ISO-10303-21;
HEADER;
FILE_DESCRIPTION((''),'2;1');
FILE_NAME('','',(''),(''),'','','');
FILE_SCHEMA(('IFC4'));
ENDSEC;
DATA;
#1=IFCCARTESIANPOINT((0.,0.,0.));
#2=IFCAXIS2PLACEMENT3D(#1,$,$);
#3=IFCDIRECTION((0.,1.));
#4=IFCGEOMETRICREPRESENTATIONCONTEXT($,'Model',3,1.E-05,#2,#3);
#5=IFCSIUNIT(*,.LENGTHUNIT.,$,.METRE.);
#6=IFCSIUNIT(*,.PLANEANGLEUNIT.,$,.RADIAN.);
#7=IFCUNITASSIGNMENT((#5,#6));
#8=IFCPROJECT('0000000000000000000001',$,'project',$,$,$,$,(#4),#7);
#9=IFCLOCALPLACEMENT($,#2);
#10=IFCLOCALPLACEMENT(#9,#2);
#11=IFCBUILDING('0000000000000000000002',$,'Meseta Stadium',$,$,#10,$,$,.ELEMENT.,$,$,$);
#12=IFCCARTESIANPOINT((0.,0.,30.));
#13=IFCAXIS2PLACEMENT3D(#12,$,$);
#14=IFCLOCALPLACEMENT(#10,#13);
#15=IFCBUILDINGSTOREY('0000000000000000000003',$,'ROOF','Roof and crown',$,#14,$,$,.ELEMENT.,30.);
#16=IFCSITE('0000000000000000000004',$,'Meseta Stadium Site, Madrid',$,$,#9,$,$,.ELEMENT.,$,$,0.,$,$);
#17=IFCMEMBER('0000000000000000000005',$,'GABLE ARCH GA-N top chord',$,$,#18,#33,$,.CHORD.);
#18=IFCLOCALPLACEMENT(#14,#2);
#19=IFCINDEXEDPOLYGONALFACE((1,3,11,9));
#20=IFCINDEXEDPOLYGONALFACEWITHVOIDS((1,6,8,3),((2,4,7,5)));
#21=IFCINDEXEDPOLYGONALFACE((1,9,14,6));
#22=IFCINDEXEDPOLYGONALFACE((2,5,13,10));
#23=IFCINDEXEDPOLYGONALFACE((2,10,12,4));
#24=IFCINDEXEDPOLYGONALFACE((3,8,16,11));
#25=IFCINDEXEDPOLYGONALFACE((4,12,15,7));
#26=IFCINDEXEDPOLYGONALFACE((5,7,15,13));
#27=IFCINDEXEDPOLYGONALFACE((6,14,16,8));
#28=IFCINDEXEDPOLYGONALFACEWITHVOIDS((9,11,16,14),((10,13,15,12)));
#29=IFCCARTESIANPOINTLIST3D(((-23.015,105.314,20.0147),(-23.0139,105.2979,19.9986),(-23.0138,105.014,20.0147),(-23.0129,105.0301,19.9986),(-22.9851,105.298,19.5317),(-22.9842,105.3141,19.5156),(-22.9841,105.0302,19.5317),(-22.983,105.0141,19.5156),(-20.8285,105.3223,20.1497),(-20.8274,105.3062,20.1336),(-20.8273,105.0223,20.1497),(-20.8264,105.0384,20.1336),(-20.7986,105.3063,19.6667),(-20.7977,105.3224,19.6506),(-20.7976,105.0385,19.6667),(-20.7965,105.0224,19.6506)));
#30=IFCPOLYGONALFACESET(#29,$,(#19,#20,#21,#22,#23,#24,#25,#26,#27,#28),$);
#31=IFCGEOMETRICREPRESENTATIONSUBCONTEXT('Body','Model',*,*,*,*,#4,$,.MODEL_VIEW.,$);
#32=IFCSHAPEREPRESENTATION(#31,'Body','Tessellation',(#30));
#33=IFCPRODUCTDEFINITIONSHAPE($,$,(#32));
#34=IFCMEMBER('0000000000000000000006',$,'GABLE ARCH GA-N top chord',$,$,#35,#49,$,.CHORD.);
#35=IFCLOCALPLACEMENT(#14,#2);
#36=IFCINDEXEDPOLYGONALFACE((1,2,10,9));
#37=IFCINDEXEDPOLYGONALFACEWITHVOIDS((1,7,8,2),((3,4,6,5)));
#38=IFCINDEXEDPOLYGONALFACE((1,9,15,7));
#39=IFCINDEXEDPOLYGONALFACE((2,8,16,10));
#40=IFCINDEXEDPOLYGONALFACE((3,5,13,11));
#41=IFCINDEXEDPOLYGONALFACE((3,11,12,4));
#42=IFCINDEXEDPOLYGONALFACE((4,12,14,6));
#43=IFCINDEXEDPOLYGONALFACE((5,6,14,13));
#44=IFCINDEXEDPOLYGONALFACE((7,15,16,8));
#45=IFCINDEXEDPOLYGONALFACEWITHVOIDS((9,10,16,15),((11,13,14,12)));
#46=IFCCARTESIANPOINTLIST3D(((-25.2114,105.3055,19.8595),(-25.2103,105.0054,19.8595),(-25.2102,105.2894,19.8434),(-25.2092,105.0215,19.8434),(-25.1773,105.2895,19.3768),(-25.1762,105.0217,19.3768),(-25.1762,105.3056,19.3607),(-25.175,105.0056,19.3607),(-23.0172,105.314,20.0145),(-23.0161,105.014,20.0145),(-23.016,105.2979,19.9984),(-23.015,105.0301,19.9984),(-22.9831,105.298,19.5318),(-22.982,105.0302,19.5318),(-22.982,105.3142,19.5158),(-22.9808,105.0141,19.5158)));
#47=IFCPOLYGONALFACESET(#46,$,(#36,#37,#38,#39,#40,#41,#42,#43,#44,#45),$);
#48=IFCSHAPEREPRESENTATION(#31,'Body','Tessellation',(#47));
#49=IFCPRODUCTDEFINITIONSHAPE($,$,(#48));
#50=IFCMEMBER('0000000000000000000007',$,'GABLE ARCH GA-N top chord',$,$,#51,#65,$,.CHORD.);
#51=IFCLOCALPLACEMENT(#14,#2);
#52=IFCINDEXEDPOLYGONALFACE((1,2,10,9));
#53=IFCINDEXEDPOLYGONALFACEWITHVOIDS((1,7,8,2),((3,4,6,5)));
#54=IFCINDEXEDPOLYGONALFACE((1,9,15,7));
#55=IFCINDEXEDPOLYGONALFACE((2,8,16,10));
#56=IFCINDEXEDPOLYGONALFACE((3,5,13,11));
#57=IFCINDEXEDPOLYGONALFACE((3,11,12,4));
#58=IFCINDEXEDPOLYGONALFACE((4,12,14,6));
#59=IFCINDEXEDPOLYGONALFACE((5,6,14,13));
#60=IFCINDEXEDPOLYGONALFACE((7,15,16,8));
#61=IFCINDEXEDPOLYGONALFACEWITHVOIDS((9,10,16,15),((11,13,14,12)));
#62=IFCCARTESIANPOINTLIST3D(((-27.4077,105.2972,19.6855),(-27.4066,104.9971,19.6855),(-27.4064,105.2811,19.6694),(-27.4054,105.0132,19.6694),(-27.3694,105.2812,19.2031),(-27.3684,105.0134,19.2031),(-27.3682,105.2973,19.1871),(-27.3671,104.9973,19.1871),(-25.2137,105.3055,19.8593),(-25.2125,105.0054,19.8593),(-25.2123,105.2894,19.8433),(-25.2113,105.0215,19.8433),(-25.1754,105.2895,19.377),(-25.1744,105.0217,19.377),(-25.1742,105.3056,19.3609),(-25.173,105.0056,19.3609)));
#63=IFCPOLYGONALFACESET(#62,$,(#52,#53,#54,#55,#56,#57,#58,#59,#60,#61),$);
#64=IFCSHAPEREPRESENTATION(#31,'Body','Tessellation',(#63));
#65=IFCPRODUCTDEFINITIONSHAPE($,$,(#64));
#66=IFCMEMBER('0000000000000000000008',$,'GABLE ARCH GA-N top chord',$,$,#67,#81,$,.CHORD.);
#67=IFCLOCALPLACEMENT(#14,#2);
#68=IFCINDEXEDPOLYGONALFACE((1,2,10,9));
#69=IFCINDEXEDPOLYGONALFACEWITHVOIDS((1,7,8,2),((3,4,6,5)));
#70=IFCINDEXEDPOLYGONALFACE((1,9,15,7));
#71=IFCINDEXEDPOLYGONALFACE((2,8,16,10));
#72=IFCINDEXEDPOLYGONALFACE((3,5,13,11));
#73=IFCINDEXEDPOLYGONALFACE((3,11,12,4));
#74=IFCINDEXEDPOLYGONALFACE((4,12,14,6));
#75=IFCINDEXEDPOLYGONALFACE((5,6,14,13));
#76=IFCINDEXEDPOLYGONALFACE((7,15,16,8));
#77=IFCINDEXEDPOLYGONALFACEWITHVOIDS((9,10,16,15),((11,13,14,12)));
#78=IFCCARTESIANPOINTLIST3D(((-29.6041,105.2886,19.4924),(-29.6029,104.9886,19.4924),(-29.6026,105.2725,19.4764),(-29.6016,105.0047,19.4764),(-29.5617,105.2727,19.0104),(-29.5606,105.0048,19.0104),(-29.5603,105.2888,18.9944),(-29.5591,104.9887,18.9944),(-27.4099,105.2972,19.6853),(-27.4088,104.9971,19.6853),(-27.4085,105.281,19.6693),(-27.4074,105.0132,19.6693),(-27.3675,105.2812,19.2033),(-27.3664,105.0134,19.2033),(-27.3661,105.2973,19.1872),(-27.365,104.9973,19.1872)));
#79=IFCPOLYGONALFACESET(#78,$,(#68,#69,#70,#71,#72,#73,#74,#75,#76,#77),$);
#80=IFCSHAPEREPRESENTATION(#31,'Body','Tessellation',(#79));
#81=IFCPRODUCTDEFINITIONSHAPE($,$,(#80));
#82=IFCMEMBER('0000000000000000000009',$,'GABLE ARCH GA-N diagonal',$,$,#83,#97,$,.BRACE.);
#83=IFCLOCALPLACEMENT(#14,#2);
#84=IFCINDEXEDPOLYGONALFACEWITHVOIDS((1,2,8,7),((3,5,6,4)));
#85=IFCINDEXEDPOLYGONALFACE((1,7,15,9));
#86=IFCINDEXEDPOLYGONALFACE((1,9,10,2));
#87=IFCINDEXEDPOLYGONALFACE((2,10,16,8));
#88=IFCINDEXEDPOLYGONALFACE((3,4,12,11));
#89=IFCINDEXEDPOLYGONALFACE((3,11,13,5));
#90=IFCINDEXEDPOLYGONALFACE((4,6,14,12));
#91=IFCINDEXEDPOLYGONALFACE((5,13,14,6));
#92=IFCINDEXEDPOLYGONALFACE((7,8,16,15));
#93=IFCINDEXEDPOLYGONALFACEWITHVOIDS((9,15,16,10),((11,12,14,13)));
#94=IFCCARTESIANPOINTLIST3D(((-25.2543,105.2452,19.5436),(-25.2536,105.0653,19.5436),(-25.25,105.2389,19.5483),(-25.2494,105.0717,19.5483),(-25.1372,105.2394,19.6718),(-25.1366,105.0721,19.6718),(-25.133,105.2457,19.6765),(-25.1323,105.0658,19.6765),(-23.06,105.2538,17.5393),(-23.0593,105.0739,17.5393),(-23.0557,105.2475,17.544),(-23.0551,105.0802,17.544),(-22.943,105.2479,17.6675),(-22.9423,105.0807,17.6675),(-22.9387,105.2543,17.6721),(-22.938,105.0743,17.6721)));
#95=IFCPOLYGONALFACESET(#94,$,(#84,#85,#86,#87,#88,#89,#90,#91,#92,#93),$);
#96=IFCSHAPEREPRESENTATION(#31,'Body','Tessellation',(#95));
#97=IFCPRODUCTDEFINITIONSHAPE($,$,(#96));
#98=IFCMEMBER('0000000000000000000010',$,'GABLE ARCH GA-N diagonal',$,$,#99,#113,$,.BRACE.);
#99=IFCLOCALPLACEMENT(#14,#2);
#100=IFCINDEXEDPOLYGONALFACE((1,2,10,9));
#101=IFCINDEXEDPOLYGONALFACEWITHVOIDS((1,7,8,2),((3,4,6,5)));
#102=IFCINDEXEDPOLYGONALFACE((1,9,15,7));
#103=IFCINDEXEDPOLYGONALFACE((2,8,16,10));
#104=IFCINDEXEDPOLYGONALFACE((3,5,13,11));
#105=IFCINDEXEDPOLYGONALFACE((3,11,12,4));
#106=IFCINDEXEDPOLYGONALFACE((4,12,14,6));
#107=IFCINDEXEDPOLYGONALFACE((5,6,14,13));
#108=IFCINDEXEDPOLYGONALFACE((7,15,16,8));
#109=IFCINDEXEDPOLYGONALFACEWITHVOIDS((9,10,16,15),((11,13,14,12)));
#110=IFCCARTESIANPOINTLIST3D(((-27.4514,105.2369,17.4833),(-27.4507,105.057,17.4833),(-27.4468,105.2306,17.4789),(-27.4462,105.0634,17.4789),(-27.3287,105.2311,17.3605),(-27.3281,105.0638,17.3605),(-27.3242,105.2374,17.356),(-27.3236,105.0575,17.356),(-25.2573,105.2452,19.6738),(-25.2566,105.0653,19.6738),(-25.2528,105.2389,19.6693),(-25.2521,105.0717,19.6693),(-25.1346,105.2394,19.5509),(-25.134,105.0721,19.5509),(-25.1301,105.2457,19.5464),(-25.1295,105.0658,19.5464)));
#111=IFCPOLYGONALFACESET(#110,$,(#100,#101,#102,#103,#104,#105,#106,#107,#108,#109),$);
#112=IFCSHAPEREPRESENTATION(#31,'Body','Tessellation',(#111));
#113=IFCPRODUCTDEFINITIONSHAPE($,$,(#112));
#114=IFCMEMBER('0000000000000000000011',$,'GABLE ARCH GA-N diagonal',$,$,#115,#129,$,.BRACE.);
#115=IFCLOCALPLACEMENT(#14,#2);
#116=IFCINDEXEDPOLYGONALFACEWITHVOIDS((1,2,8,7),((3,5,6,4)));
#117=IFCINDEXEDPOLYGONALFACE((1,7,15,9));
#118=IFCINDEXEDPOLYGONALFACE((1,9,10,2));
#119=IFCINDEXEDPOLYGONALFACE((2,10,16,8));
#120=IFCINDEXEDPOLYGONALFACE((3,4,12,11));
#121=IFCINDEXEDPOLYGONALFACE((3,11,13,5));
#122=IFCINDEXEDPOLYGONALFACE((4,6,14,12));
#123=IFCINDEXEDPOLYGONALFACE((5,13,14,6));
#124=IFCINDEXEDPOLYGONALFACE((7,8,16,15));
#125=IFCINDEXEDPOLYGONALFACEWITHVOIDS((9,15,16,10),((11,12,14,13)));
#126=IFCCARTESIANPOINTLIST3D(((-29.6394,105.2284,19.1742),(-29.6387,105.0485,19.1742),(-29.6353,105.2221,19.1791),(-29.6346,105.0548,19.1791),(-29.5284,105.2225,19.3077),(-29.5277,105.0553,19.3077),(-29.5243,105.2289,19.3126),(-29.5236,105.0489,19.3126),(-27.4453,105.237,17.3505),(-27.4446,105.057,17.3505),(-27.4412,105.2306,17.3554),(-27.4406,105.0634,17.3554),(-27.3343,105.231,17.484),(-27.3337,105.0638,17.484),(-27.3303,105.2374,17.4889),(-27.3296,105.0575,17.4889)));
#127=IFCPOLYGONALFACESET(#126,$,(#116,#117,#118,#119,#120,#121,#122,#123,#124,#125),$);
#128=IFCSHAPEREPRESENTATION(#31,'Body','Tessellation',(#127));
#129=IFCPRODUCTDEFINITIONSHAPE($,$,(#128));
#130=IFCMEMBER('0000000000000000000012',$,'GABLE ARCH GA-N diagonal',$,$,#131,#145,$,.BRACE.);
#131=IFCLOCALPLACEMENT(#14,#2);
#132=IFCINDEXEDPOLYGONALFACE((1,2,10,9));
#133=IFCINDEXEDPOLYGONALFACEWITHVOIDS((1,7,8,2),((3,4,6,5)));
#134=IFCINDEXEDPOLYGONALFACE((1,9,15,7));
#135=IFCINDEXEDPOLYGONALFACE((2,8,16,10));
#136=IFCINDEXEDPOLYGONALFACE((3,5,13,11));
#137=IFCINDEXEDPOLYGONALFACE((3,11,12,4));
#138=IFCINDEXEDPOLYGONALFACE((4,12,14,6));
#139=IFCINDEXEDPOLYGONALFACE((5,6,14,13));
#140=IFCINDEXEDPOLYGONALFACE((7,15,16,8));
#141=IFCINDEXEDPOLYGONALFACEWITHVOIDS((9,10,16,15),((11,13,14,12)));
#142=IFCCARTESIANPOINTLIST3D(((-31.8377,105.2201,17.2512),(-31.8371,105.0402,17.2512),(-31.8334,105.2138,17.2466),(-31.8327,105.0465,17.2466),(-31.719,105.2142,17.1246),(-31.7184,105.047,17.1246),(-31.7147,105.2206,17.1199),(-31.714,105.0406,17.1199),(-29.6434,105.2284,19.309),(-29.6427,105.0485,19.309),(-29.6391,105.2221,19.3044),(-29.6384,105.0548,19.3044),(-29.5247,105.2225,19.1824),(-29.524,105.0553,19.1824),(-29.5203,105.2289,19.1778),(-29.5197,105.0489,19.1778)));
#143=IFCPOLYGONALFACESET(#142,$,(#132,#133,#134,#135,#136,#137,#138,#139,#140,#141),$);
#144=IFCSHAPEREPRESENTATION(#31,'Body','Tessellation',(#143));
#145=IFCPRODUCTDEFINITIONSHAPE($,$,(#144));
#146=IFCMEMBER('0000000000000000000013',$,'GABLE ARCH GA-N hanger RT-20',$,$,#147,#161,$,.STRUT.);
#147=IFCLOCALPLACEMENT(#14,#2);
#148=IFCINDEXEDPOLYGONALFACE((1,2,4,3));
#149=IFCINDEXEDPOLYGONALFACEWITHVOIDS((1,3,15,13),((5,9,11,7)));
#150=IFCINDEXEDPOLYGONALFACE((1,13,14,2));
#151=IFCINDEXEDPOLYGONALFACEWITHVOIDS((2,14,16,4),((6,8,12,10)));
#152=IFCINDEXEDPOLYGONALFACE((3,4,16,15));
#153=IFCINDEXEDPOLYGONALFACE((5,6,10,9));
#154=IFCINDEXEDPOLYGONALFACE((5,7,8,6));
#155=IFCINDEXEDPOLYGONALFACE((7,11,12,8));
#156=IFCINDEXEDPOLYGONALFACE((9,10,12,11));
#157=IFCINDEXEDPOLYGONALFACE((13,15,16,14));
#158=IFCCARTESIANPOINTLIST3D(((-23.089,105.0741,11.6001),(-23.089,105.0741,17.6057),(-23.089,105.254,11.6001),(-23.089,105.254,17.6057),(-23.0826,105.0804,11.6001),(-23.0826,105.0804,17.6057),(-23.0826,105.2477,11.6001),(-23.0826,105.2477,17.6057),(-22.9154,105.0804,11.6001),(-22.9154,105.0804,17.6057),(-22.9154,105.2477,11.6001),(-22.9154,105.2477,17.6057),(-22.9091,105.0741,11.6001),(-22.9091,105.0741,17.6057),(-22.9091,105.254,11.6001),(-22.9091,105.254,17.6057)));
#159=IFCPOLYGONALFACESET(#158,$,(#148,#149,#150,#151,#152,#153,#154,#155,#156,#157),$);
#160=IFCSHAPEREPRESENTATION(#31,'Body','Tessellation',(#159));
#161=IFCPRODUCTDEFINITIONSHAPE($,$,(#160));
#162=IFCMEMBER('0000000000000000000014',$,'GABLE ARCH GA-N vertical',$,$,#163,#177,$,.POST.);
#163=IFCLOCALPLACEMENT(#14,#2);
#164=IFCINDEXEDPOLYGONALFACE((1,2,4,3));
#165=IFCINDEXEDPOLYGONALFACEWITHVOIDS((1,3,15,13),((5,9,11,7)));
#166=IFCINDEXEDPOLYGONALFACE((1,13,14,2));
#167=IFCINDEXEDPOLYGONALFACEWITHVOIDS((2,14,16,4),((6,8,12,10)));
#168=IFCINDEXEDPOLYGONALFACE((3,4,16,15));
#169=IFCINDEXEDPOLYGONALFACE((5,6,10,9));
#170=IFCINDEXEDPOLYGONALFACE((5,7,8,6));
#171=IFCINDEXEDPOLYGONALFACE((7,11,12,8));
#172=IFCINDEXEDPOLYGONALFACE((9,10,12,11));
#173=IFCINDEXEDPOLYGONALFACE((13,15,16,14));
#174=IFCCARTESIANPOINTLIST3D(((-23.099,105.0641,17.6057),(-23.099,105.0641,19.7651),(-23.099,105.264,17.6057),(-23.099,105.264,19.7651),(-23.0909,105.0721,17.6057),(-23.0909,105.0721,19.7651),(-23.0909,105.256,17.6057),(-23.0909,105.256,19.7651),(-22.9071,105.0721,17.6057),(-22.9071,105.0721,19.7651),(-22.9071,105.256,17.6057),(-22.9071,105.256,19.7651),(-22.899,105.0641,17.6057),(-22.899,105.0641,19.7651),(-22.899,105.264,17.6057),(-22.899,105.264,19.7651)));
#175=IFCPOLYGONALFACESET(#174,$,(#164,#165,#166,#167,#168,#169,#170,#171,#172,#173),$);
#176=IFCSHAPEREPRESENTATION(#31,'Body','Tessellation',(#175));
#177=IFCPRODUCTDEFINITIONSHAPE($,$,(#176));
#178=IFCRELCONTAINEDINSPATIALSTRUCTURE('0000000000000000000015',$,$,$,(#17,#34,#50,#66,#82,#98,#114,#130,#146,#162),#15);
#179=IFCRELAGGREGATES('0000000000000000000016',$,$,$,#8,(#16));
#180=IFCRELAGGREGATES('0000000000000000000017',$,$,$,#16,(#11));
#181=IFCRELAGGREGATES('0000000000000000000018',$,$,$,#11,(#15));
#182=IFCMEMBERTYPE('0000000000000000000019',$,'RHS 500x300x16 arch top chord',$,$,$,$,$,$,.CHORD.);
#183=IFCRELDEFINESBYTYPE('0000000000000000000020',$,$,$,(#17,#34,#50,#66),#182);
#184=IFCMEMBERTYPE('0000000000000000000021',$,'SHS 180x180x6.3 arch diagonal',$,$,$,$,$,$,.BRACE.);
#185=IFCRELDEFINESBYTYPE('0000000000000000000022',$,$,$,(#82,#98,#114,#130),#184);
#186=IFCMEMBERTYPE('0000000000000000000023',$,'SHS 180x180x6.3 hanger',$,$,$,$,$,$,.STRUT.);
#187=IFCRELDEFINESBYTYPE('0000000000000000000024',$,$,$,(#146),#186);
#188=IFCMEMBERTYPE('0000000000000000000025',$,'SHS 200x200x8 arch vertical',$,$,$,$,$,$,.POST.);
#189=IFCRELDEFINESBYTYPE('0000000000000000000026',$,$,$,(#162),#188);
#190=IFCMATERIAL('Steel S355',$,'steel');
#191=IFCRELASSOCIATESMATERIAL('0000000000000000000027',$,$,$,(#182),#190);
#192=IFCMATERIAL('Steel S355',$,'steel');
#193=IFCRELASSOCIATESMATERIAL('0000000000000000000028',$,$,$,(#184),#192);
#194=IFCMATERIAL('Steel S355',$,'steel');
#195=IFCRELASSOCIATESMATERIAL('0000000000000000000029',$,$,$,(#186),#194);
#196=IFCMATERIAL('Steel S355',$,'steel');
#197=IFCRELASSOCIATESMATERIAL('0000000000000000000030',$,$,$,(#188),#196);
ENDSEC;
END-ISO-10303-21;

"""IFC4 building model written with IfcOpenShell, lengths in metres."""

from ifc_helpers import new_model, si_unit, direction, frame, origin, origin_2d, place, context, subcontext, project, spatial, hollow_rectangle, extrude, material, material_profile, profile_set, type_object, element, save


model = new_model("IFC4")

# Units and contexts
model_context = context("Model", 3, precision=1e-05, world=origin(), true_north=direction((0.0, 1.0)))
body_context = subcontext(model_context, "Body", "Model", "MODEL_VIEW")
ifc_project = project(units=[si_unit("LENGTHUNIT", "METRE"), si_unit("PLANEANGLEUNIT", "RADIAN")], contexts=[model_context])

# Site, building, storey
site_placement = place(None, origin())
site = spatial("IfcSite", under=ifc_project, at=site_placement, Name="Meseta Stadium Site, Madrid", CompositionType="ELEMENT", RefElevation=0.0)
building_placement = place(site_placement, origin())
building = spatial("IfcBuilding", under=site, at=building_placement, Name="Meseta Stadium", CompositionType="ELEMENT")
storey_placement = place(building_placement, frame((0.0, 0.0, 30.0)))
storey = spatial("IfcBuildingStorey", under=building, at=storey_placement, Name="ROOF", Description="Roof and crown", CompositionType="ELEMENT", Elevation=30.0)

# Members
ifc_material_1 = material(Name="Steel S355", Category="steel")
ifc_material_profile_1 = material_profile(ifc_material_1, hollow_rectangle(XDim=0.3, YDim=0.5, WallThickness=0.0161, at=origin_2d()), Name="RHS 500x300x16")
ifc_profile_set_1 = profile_set([ifc_material_profile_1], Name="Steel S355")
member_type_1 = type_object("IfcMemberType", Name="RHS 500x300x16 arch top chord", PredefinedType="CHORD", material=ifc_profile_set_1)
member_1_placement = place(storey_placement, frame((-20.8125, 105.1724, 19.9001), z_axis=(-0.998092, -0.003789, -0.061629), x_axis=(0.003796, -0.999993, 0.0)))
element("IfcMember", 1, at=member_1_placement, inside=storey, type_object=member_type_1, Name="GABLE ARCH GA-N top chord", PredefinedType="CHORD", context=body_context, shape_type="SweptSolid", body=[
    extrude(hollow_rectangle(XDim=0.3, YDim=0.5, WallThickness=0.0161, at=origin_2d()), origin(), (0.0, 0.0, 1.0), 2.1907),
])
member_2_placement = place(storey_placement, frame((-22.999, 105.1641, 19.7651), z_axis=(-0.997506, -0.003884, -0.070474), x_axis=(0.003894, -0.999992, 0.0)))
element("IfcMember", 2, at=member_2_placement, inside=storey, type_object=member_type_1, Name="GABLE ARCH GA-N top chord", PredefinedType="CHORD", context=body_context, shape_type="SweptSolid", body=[
    extrude(hollow_rectangle(XDim=0.3, YDim=0.5, WallThickness=0.0161, at=origin_2d()), origin(), (0.0, 0.0, 1.0), 2.1997),
])
member_3_placement = place(storey_placement, frame((-25.1934, 105.1555, 19.6101), z_axis=(-0.996869, -0.003771, -0.078978), x_axis=(0.003783, -0.999993, 0.0)))
element("IfcMember", 3, at=member_3_placement, inside=storey, type_object=member_type_1, Name="GABLE ARCH GA-N top chord", PredefinedType="CHORD", context=body_context, shape_type="SweptSolid", body=[
    extrude(hollow_rectangle(XDim=0.3, YDim=0.5, WallThickness=0.0161, at=origin_2d()), origin(), (0.0, 0.0, 1.0), 2.2009),
])
member_4_placement = place(storey_placement, frame((-27.3875, 105.1472, 19.4363), z_axis=(-0.996151, -0.00388, -0.087566), x_axis=(0.003894, -0.999992, 0.0)))
element("IfcMember", 4, at=member_4_placement, inside=storey, type_object=member_type_1, Name="GABLE ARCH GA-N top chord", PredefinedType="CHORD", context=body_context, shape_type="SweptSolid", body=[
    extrude(hollow_rectangle(XDim=0.3, YDim=0.5, WallThickness=0.0161, at=origin_2d()), origin(), (0.0, 0.0, 1.0), 2.2026),
])
ifc_material_2 = material(Name="Steel S355", Category="steel")
ifc_material_profile_2 = material_profile(ifc_material_2, hollow_rectangle(XDim=0.1799, YDim=0.1799, WallThickness=0.0063, at=origin_2d()), Name="SHS 180x180x6.3")
ifc_profile_set_2 = profile_set([ifc_material_profile_2], Name="Steel S355")
member_type_2 = type_object("IfcMemberType", Name="SHS 180x180x6.3 arch diagonal", PredefinedType="BRACE", material=ifc_profile_set_2)
member_5_placement = place(storey_placement, frame((-22.999, 105.1641, 17.6057), z_axis=(-0.738337, -0.002875, 0.674426), x_axis=(0.003894, -0.999992, 0.0)))
element("IfcMember", 5, at=member_5_placement, inside=storey, type_object=member_type_2, Name="GABLE ARCH GA-N diagonal", PredefinedType="BRACE", context=body_context, shape_type="SweptSolid", body=[
    extrude(hollow_rectangle(XDim=0.1799, YDim=0.1799, WallThickness=0.0063, at=origin_2d()), origin(), (0.0, 0.0, 1.0), 2.9719),
])
member_6_placement = place(storey_placement, frame((-25.1934, 105.1555, 19.6101), z_axis=(-0.707695, -0.002677, -0.706513), x_axis=(0.003783, -0.999993, 0.0)))
element("IfcMember", 6, at=member_6_placement, inside=storey, type_object=member_type_2, Name="GABLE ARCH GA-N diagonal", PredefinedType="BRACE", context=body_context, shape_type="SweptSolid", body=[
    extrude(hollow_rectangle(XDim=0.1799, YDim=0.1799, WallThickness=0.0063, at=origin_2d()), origin(), (0.0, 0.0, 1.0), 3.1003),
])
member_7_placement = place(storey_placement, frame((-27.3875, 105.1472, 17.4197), z_axis=(-0.769024, -0.002995, 0.639213), x_axis=(0.003894, -0.999992, 0.0)))
element("IfcMember", 7, at=member_7_placement, inside=storey, type_object=member_type_2, Name="GABLE ARCH GA-N diagonal", PredefinedType="BRACE", context=body_context, shape_type="SweptSolid", body=[
    extrude(hollow_rectangle(XDim=0.1799, YDim=0.1799, WallThickness=0.0063, at=origin_2d()), origin(), (0.0, 0.0, 1.0), 2.853),
])
member_8_placement = place(storey_placement, frame((-29.5815, 105.1387, 19.2434), z_axis=(-0.729423, -0.002759, -0.684057), x_axis=(0.003783, -0.999993, 0.0)))
element("IfcMember", 8, at=member_8_placement, inside=storey, type_object=member_type_2, Name="GABLE ARCH GA-N diagonal", PredefinedType="BRACE", context=body_context, shape_type="SweptSolid", body=[
    extrude(hollow_rectangle(XDim=0.1799, YDim=0.1799, WallThickness=0.0063, at=origin_2d()), origin(), (0.0, 0.0, 1.0), 3.0083),
])
ifc_material_3 = material(Name="Steel S355", Category="steel")
ifc_material_profile_3 = material_profile(ifc_material_3, hollow_rectangle(XDim=0.1799, YDim=0.1799, WallThickness=0.0063, at=origin_2d()), Name="SHS 180x180x6.3")
ifc_profile_set_3 = profile_set([ifc_material_profile_3], Name="Steel S355")
member_type_3 = type_object("IfcMemberType", Name="SHS 180x180x6.3 hanger", PredefinedType="STRUT", material=ifc_profile_set_3)
member_9_placement = place(storey_placement, frame((-22.999, 105.1641, 17.6057), z_axis=(0.0, 0.0, -1.0), x_axis=(1.0, 0.0, 0.0)))
element("IfcMember", 9, at=member_9_placement, inside=storey, type_object=member_type_3, Name="GABLE ARCH GA-N hanger RT-20", PredefinedType="STRUT", context=body_context, shape_type="SweptSolid", body=[
    extrude(hollow_rectangle(XDim=0.1799, YDim=0.1799, WallThickness=0.0063, at=origin_2d()), origin(), (0.0, 0.0, 1.0), 6.0056),
])
ifc_material_4 = material(Name="Steel S355", Category="steel")
ifc_material_profile_4 = material_profile(ifc_material_4, hollow_rectangle(XDim=0.2, YDim=0.2, WallThickness=0.0081, at=origin_2d()), Name="SHS 200x200x8")
ifc_profile_set_4 = profile_set([ifc_material_profile_4], Name="Steel S355")
member_type_4 = type_object("IfcMemberType", Name="SHS 200x200x8 arch vertical", PredefinedType="POST", material=ifc_profile_set_4)
member_10_placement = place(storey_placement, frame((-22.999, 105.1641, 17.6057), z_axis=(0.0, 0.0, 1.0), x_axis=(1.0, 0.0, 0.0)))
element("IfcMember", 10, at=member_10_placement, inside=storey, type_object=member_type_4, Name="GABLE ARCH GA-N vertical", PredefinedType="POST", context=body_context, shape_type="SweptSolid", body=[
    extrude(hollow_rectangle(XDim=0.2, YDim=0.2, WallThickness=0.0081, at=origin_2d()), origin(), (0.0, 0.0, 1.0), 2.1594),
])

save(model, "model.ifc")
